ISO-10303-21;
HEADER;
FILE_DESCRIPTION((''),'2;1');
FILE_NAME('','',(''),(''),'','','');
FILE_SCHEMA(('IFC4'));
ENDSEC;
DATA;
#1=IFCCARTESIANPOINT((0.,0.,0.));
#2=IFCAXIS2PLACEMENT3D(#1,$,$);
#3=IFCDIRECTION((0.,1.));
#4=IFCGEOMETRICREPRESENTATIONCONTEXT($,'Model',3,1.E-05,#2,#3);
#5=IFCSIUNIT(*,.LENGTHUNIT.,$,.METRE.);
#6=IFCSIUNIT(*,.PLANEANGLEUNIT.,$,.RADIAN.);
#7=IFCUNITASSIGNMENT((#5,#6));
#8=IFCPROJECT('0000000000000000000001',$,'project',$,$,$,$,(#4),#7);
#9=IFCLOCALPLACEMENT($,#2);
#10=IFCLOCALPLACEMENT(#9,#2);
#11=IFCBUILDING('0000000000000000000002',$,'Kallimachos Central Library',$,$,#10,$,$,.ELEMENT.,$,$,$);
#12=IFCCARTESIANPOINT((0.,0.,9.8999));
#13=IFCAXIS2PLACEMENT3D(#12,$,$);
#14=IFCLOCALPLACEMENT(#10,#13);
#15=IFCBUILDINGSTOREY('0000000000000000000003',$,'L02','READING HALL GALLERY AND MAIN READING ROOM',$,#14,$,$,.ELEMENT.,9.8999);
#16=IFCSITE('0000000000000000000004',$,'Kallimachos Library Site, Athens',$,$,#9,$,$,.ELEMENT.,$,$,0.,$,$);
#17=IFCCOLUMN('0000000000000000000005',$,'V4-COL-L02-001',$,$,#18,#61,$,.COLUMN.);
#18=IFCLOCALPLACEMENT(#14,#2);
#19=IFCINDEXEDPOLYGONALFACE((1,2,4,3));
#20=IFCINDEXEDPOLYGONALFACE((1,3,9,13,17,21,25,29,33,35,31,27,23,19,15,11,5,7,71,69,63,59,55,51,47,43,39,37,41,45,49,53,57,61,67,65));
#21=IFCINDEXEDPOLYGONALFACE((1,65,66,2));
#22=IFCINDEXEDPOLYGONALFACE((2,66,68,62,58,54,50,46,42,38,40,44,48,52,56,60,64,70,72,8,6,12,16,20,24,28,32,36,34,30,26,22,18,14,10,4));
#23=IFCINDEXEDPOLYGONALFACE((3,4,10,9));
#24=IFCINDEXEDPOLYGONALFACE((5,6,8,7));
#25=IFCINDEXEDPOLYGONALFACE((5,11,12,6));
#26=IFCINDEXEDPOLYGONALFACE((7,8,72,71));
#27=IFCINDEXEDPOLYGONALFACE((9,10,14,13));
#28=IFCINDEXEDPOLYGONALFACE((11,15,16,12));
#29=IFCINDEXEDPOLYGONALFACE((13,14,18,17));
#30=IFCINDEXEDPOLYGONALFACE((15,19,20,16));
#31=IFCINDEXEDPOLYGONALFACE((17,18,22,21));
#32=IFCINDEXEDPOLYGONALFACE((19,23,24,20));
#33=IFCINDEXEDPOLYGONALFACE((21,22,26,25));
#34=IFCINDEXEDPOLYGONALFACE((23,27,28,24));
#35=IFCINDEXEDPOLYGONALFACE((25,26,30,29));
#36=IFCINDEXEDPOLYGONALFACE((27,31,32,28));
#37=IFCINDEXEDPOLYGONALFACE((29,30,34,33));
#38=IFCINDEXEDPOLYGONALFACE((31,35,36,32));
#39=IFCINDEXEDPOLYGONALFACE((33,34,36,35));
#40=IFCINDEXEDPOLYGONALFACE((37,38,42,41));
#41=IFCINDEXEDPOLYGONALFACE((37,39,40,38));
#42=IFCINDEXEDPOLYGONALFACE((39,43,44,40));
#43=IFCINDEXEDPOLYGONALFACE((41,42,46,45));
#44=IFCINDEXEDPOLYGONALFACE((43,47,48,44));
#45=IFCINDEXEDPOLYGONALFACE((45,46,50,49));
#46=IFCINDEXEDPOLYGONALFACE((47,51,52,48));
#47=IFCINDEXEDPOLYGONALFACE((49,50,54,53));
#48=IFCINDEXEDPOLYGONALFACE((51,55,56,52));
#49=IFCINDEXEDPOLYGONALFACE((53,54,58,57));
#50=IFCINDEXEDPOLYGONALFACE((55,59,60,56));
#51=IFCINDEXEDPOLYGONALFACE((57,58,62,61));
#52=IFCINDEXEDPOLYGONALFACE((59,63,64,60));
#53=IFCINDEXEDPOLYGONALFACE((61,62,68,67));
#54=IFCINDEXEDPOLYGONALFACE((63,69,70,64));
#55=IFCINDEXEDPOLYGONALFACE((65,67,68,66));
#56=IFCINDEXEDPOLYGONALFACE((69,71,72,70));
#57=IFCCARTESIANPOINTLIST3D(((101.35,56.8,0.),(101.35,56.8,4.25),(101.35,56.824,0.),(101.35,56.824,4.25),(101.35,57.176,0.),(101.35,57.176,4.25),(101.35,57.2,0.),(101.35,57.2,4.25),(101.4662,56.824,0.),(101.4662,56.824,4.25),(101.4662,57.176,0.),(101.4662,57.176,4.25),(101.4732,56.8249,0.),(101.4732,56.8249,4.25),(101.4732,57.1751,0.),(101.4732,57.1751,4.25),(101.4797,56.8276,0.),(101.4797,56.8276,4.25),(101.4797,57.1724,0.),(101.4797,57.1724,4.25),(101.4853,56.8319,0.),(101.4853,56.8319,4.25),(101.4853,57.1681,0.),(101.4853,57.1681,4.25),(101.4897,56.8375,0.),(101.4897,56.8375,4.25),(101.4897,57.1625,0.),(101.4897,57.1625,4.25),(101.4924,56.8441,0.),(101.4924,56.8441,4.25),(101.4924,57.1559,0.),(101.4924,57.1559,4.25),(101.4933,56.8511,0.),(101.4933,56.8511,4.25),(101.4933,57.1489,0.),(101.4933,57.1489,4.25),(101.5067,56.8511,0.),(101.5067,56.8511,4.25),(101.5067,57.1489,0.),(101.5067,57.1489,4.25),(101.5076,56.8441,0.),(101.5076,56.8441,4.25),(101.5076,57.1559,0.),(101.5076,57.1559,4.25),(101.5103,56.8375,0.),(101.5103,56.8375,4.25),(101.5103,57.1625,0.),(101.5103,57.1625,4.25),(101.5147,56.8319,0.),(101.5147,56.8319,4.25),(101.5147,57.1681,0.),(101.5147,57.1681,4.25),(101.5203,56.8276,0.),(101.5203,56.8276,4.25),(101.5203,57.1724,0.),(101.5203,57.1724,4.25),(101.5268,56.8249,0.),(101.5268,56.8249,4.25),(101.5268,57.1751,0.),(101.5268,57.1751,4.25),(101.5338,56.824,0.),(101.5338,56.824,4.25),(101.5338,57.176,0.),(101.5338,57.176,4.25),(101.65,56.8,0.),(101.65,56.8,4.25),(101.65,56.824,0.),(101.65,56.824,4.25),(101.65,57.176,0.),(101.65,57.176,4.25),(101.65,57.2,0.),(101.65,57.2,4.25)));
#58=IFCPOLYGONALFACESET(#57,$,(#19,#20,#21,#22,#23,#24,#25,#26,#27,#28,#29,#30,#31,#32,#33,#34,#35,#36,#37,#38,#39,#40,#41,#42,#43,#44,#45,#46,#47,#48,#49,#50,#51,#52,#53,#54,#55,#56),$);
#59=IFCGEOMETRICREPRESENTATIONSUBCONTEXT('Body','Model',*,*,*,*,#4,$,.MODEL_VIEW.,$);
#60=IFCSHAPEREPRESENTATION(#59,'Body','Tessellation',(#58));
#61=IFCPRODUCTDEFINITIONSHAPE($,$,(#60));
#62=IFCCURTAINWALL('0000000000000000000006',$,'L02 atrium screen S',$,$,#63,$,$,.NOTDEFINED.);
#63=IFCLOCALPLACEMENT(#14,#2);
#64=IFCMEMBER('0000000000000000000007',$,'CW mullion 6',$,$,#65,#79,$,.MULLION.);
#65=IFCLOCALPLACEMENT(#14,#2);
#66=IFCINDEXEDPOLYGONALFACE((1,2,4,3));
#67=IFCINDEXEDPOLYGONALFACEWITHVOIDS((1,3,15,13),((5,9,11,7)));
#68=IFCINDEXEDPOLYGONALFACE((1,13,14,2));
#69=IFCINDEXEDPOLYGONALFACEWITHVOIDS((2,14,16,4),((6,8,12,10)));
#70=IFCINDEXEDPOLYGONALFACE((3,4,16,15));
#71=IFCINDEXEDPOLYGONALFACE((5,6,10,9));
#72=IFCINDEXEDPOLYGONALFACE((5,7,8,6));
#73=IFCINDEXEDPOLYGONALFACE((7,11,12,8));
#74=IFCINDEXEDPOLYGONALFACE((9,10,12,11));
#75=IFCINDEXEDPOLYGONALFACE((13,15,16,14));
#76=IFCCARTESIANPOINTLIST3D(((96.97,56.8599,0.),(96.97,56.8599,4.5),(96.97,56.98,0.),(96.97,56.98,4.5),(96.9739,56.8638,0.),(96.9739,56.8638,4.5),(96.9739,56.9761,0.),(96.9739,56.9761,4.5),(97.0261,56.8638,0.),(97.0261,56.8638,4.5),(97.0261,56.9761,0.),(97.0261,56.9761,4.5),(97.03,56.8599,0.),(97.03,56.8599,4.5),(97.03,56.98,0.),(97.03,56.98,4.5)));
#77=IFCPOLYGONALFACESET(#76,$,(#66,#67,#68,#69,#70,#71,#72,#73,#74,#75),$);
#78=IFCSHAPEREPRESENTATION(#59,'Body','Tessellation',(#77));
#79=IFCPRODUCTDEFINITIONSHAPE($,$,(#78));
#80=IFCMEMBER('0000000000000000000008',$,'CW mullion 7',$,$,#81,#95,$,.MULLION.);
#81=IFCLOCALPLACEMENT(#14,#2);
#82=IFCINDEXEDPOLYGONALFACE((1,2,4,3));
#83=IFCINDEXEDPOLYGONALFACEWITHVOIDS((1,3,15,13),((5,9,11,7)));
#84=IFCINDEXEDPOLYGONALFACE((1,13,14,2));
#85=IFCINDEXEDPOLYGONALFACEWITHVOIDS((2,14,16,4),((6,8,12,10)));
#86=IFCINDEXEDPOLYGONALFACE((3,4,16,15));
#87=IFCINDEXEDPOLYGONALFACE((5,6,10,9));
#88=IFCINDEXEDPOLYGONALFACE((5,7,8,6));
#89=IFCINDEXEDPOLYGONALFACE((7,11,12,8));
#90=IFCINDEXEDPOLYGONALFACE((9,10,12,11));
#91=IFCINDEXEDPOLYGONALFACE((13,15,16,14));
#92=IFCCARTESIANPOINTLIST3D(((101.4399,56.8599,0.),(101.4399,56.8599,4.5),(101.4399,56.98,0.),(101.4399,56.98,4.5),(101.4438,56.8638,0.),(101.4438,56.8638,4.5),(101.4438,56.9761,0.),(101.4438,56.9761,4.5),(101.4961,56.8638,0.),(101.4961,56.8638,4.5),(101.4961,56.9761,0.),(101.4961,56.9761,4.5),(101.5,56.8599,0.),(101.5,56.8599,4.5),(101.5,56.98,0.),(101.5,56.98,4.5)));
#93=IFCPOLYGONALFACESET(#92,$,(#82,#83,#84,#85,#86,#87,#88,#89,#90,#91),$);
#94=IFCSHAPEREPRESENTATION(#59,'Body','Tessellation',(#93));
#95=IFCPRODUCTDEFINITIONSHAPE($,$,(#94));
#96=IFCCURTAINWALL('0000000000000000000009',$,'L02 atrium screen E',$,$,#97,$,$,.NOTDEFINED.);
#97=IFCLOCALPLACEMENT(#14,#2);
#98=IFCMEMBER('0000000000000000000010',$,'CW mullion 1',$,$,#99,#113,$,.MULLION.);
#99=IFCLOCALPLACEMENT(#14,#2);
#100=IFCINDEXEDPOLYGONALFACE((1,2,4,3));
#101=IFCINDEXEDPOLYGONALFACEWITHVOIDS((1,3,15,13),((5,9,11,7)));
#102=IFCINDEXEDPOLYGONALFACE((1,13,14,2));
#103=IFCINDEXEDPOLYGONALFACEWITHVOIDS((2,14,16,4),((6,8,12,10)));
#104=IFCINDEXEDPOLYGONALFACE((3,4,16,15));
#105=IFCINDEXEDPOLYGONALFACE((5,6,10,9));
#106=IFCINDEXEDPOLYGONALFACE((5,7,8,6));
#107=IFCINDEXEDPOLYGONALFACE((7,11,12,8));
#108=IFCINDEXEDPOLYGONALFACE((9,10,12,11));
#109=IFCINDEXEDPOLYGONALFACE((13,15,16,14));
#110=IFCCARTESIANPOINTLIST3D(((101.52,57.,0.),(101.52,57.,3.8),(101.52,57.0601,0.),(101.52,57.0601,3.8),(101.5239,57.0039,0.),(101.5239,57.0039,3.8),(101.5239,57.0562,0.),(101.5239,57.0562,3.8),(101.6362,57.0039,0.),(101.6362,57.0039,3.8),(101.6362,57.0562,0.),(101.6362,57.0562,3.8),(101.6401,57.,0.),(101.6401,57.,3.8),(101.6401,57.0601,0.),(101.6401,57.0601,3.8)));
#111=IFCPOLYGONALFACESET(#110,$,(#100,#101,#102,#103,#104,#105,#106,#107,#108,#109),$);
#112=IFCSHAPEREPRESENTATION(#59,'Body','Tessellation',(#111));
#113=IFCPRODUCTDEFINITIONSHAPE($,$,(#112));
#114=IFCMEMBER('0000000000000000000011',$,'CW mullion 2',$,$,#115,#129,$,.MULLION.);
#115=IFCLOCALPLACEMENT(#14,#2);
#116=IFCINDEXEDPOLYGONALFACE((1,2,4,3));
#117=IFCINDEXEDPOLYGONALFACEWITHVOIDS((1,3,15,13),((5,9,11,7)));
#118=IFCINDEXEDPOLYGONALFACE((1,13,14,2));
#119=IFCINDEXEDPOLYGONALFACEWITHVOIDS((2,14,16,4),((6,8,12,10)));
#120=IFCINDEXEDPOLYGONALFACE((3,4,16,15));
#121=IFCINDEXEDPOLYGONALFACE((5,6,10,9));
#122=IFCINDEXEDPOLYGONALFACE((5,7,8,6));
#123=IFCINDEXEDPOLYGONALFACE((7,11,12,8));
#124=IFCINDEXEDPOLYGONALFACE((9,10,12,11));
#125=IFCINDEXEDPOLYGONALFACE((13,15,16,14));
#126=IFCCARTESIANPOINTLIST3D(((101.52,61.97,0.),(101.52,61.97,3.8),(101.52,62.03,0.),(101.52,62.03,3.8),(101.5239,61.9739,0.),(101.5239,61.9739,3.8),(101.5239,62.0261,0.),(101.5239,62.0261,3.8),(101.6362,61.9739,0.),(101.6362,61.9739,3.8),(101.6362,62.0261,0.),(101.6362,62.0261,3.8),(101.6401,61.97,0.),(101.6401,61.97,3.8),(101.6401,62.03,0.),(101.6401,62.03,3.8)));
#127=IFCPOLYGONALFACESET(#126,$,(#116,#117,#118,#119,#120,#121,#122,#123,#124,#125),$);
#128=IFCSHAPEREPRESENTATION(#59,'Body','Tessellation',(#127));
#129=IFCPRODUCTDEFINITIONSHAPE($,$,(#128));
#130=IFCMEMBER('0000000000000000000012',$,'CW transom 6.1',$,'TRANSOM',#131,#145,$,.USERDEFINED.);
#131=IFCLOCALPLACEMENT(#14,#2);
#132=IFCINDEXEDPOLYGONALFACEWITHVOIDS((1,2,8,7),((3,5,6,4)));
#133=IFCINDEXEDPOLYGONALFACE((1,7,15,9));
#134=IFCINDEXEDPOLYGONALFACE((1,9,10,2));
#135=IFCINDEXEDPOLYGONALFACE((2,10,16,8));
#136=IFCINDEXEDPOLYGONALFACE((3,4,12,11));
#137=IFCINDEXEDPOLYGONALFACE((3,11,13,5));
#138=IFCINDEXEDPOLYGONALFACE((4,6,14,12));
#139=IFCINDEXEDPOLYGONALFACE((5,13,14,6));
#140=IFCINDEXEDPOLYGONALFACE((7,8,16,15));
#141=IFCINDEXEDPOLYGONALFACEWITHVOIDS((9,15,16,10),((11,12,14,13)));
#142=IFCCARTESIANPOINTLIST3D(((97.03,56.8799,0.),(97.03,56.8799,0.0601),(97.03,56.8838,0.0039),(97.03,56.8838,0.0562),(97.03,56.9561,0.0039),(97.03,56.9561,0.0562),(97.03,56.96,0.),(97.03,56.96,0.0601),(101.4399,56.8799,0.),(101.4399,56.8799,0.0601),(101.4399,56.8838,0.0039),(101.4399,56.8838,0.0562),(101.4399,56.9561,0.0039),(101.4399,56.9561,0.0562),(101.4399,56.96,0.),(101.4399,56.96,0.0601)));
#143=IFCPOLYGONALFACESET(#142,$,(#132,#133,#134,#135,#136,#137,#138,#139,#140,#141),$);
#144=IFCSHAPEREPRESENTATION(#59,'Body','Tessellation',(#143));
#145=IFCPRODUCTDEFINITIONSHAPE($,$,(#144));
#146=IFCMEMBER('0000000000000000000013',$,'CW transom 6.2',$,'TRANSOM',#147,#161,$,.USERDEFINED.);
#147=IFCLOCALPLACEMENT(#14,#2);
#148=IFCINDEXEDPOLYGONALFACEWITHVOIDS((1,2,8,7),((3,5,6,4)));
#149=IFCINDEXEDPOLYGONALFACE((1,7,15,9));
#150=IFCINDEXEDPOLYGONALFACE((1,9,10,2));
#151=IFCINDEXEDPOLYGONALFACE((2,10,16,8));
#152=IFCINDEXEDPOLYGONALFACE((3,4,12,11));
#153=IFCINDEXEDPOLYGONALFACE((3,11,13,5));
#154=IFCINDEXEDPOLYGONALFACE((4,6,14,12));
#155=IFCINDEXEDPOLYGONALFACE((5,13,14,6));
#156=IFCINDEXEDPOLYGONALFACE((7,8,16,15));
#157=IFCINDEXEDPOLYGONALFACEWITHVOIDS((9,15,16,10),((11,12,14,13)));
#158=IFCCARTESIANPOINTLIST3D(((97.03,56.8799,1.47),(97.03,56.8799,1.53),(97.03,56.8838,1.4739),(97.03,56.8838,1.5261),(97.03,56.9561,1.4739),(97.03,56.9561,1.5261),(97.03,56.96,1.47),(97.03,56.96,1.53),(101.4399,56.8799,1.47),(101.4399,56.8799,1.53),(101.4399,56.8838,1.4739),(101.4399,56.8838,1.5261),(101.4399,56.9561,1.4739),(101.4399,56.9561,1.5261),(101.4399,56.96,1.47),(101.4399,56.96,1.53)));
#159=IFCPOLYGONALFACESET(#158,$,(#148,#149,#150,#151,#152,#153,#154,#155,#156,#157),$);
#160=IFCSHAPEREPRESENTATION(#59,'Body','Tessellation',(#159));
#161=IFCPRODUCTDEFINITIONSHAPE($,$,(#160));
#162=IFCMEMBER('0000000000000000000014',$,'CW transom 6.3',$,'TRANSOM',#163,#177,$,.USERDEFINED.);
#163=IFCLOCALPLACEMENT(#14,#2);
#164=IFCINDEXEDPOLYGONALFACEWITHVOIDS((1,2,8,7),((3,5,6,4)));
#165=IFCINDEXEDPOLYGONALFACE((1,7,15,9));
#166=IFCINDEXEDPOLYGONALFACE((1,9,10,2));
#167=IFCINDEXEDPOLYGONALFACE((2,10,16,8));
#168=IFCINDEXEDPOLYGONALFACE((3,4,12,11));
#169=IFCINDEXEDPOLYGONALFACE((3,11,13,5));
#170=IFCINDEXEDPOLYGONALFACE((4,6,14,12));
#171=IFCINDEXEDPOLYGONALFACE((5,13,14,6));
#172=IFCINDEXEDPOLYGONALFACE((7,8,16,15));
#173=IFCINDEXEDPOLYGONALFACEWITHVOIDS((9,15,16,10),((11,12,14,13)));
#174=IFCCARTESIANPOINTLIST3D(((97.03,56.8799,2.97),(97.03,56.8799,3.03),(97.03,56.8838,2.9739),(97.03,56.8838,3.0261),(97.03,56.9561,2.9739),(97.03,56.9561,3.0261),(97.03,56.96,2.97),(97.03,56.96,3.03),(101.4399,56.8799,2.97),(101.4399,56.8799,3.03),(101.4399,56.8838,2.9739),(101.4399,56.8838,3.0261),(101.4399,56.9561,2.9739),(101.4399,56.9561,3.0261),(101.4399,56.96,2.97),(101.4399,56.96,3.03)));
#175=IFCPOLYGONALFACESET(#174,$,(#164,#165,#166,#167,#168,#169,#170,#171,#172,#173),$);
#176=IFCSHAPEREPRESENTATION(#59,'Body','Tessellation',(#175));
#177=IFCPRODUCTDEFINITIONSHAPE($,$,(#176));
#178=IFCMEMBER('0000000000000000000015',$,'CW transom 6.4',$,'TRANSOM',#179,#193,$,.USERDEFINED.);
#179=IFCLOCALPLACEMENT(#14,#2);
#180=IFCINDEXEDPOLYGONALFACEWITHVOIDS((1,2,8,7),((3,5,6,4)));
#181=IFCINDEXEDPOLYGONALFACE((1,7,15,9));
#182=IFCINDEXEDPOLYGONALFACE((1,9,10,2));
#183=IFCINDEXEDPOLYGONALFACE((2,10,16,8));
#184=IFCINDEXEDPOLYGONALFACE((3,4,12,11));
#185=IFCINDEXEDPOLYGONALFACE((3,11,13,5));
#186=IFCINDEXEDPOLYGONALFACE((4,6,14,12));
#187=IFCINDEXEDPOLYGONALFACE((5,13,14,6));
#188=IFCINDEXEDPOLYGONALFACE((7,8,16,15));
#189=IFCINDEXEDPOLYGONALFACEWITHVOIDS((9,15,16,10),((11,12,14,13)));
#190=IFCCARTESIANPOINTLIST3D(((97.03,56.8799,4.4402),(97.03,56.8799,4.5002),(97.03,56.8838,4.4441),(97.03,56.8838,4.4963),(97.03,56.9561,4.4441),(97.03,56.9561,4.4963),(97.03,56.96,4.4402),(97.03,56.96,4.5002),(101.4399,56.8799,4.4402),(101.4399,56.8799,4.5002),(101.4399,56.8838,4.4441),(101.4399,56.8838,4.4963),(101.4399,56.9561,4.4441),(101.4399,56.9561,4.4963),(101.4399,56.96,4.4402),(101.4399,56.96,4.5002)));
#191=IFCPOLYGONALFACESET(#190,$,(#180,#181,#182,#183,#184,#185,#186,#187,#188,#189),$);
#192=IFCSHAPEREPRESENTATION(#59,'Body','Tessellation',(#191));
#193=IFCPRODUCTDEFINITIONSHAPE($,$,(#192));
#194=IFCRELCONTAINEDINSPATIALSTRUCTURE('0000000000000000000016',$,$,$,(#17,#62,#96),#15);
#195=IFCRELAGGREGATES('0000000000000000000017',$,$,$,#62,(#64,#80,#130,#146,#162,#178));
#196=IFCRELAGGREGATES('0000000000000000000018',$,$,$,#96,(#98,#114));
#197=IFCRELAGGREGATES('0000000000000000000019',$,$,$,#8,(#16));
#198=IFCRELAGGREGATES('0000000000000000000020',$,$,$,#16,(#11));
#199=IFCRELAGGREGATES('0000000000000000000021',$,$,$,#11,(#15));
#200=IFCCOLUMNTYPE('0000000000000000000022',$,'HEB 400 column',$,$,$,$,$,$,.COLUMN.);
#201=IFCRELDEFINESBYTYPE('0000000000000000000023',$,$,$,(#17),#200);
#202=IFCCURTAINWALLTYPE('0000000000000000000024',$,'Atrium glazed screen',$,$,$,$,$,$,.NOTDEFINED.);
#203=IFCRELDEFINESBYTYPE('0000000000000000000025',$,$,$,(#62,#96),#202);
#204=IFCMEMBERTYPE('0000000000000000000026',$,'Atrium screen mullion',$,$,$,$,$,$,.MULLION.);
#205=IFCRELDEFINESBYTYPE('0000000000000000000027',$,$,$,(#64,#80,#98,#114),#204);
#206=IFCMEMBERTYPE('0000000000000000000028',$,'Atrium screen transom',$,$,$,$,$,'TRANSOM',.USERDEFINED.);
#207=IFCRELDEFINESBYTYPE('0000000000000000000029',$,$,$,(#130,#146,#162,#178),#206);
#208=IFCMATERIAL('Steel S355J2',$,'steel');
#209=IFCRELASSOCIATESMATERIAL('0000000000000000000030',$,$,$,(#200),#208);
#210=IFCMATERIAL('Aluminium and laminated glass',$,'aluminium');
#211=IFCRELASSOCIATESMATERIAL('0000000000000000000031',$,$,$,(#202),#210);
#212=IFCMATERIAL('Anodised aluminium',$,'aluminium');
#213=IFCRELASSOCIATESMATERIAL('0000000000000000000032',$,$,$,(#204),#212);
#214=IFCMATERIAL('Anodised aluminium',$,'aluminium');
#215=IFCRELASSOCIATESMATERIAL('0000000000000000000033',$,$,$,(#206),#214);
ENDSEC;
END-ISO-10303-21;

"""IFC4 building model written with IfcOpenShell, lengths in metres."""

from ifc_helpers import new_model, si_unit, direction, frame, origin, origin_2d, place, context, subcontext, project, spatial, hollow_rectangle, i_section, extrude, material, material_profile, profile_set, type_object, element, aggregate, save


model = new_model("IFC4")

# Units and contexts
model_context = context("Model", 3, precision=1e-05, world=origin(), true_north=direction((0.0, 1.0)))
body_context = subcontext(model_context, "Body", "Model", "MODEL_VIEW")
ifc_project = project(units=[si_unit("LENGTHUNIT", "METRE"), si_unit("PLANEANGLEUNIT", "RADIAN")], contexts=[model_context])

# Site, building, storey
site_placement = place(None, origin())
site = spatial("IfcSite", under=ifc_project, at=site_placement, Name="Kallimachos Library Site, Athens", CompositionType="ELEMENT", RefElevation=0.0)
building_placement = place(site_placement, origin())
building = spatial("IfcBuilding", under=site, at=building_placement, Name="Kallimachos Central Library", CompositionType="ELEMENT")
storey_placement = place(building_placement, frame((0.0, 0.0, 9.8999)))
storey = spatial("IfcBuildingStorey", under=building, at=storey_placement, Name="L02", Description="READING HALL GALLERY AND MAIN READING ROOM", CompositionType="ELEMENT", Elevation=9.8999)

# Column
ifc_material_1 = material(Name="Steel S355J2", Category="steel")
ifc_material_profile_1 = material_profile(ifc_material_1, i_section(OverallWidth=0.3, OverallDepth=0.3999, WebThickness=0.0134, FlangeThickness=0.0239, FilletRadius=0.0271, at=origin_2d()), Name="HEB 400")
ifc_profile_set_1 = profile_set([ifc_material_profile_1], Name="Steel S355J2")
column_type = type_object("IfcColumnType", Name="HEB 400 column", PredefinedType="COLUMN", material=ifc_profile_set_1)
column_placement = place(storey_placement, frame((101.5, 57.0, 0.0), z_axis=(0.0, 0.0, 1.0), x_axis=(1.0, 0.0, 0.0)))
element("IfcColumn", 1, at=column_placement, inside=storey, type_object=column_type, Name="V4-COL-L02-001", PredefinedType="COLUMN", context=body_context, shape_type="SweptSolid", body=[
    extrude(i_section(OverallWidth=0.3, OverallDepth=0.3999, WebThickness=0.0134, FlangeThickness=0.0239, FilletRadius=0.0271, at=origin_2d()), origin(), (0.0, 0.0, 1.0), 4.25),
])

# Curtain walls, members
ifc_material_2 = material(Name="Aluminium and laminated glass", Category="aluminium")
curtain_wall_type = type_object("IfcCurtainWallType", Name="Atrium glazed screen", PredefinedType="NOTDEFINED", material=ifc_material_2)
curtain_wall_1_placement = place(storey_placement, origin())
curtain_wall_1 = element("IfcCurtainWall", 2, at=curtain_wall_1_placement, inside=storey, type_object=curtain_wall_type, Name="L02 atrium screen S", PredefinedType="NOTDEFINED")
ifc_material_3 = material(Name="Anodised aluminium", Category="aluminium")
ifc_material_profile_2 = material_profile(ifc_material_3, hollow_rectangle(XDim=0.0601, YDim=0.1201, WallThickness=0.0039, at=origin_2d()), Name="ALU MULLION 60x120")
ifc_profile_set_2 = profile_set([ifc_material_profile_2], Name="Anodised aluminium")
member_type_1 = type_object("IfcMemberType", Name="Atrium screen mullion", PredefinedType="MULLION", material=ifc_profile_set_2)
member_1_placement = place(storey_placement, frame((97.0, 56.9199, 0.0), z_axis=(0.0, 0.0, 1.0), x_axis=(1.0, 0.0, 0.0)))
member_1 = element("IfcMember", 3, at=member_1_placement, type_object=member_type_1, Name="CW mullion 6", PredefinedType="MULLION", context=body_context, shape_type="SweptSolid", body=[
    extrude(hollow_rectangle(XDim=0.0601, YDim=0.1201, WallThickness=0.0039, at=origin_2d()), origin(), (0.0, 0.0, 1.0), 4.5),
])
member_2_placement = place(storey_placement, frame((101.47, 56.9199, 0.0), z_axis=(0.0, 0.0, 1.0), x_axis=(1.0, 0.0, 0.0)))
member_2 = element("IfcMember", 4, at=member_2_placement, type_object=member_type_1, Name="CW mullion 7", PredefinedType="MULLION", context=body_context, shape_type="SweptSolid", body=[
    extrude(hollow_rectangle(XDim=0.0601, YDim=0.1201, WallThickness=0.0039, at=origin_2d()), origin(), (0.0, 0.0, 1.0), 4.5),
])
curtain_wall_2_placement = place(storey_placement, origin())
curtain_wall_2 = element("IfcCurtainWall", 5, at=curtain_wall_2_placement, inside=storey, type_object=curtain_wall_type, Name="L02 atrium screen E", PredefinedType="NOTDEFINED")
member_3_placement = place(storey_placement, frame((101.5801, 57.03, 0.0), z_axis=(0.0, 0.0, 1.0), x_axis=(0.0, 1.0, 0.0)))
member_3 = element("IfcMember", 6, at=member_3_placement, type_object=member_type_1, Name="CW mullion 1", PredefinedType="MULLION", context=body_context, shape_type="SweptSolid", body=[
    extrude(hollow_rectangle(XDim=0.0601, YDim=0.1201, WallThickness=0.0039, at=origin_2d()), origin(), (0.0, 0.0, 1.0), 3.8),
])
member_4_placement = place(storey_placement, frame((101.5801, 62.0, 0.0), z_axis=(0.0, 0.0, 1.0), x_axis=(0.0, 1.0, 0.0)))
member_4 = element("IfcMember", 7, at=member_4_placement, type_object=member_type_1, Name="CW mullion 2", PredefinedType="MULLION", context=body_context, shape_type="SweptSolid", body=[
    extrude(hollow_rectangle(XDim=0.0601, YDim=0.1201, WallThickness=0.0039, at=origin_2d()), origin(), (0.0, 0.0, 1.0), 3.8),
])

# Members
ifc_material_4 = material(Name="Anodised aluminium", Category="aluminium")
ifc_material_profile_3 = material_profile(ifc_material_4, hollow_rectangle(XDim=0.0601, YDim=0.0801, WallThickness=0.0039, at=origin_2d()), Name="ALU TRANSOM 60x80")
ifc_profile_set_3 = profile_set([ifc_material_profile_3], Name="Anodised aluminium")
member_type_2 = type_object("IfcMemberType", Name="Atrium screen transom", ElementType="TRANSOM", PredefinedType="USERDEFINED", material=ifc_profile_set_3)
member_5_placement = place(storey_placement, frame((97.03, 56.9199, 0.03), z_axis=(1.0, 0.0, 0.0), x_axis=(0.0, 0.0, 1.0)))
member_5 = element("IfcMember", 8, at=member_5_placement, type_object=member_type_2, Name="CW transom 6.1", ObjectType="TRANSOM", PredefinedType="USERDEFINED", context=body_context, shape_type="SweptSolid", body=[
    extrude(hollow_rectangle(XDim=0.0601, YDim=0.0801, WallThickness=0.0039, at=origin_2d()), origin(), (0.0, 0.0, 1.0), 4.4099),
])
member_6_placement = place(storey_placement, frame((97.03, 56.9199, 1.5), z_axis=(1.0, 0.0, 0.0), x_axis=(0.0, 0.0, 1.0)))
member_6 = element("IfcMember", 9, at=member_6_placement, type_object=member_type_2, Name="CW transom 6.2", ObjectType="TRANSOM", PredefinedType="USERDEFINED", context=body_context, shape_type="SweptSolid", body=[
    extrude(hollow_rectangle(XDim=0.0601, YDim=0.0801, WallThickness=0.0039, at=origin_2d()), origin(), (0.0, 0.0, 1.0), 4.4099),
])
member_7_placement = place(storey_placement, frame((97.03, 56.9199, 3.0), z_axis=(1.0, 0.0, 0.0), x_axis=(0.0, 0.0, 1.0)))
member_7 = element("IfcMember", 10, at=member_7_placement, type_object=member_type_2, Name="CW transom 6.3", ObjectType="TRANSOM", PredefinedType="USERDEFINED", context=body_context, shape_type="SweptSolid", body=[
    extrude(hollow_rectangle(XDim=0.0601, YDim=0.0801, WallThickness=0.0039, at=origin_2d()), origin(), (0.0, 0.0, 1.0), 4.4099),
])
member_8_placement = place(storey_placement, frame((97.03, 56.9199, 4.4702), z_axis=(1.0, 0.0, 0.0), x_axis=(0.0, 0.0, 1.0)))
member_8 = element("IfcMember", 11, at=member_8_placement, type_object=member_type_2, Name="CW transom 6.4", ObjectType="TRANSOM", PredefinedType="USERDEFINED", context=body_context, shape_type="SweptSolid", body=[
    extrude(hollow_rectangle(XDim=0.0601, YDim=0.0801, WallThickness=0.0039, at=origin_2d()), origin(), (0.0, 0.0, 1.0), 4.4099),
])

aggregate(curtain_wall_1, [member_1, member_2, member_5, member_6, member_7, member_8])
aggregate(curtain_wall_2, [member_3, member_4])

save(model, "model.ifc")
